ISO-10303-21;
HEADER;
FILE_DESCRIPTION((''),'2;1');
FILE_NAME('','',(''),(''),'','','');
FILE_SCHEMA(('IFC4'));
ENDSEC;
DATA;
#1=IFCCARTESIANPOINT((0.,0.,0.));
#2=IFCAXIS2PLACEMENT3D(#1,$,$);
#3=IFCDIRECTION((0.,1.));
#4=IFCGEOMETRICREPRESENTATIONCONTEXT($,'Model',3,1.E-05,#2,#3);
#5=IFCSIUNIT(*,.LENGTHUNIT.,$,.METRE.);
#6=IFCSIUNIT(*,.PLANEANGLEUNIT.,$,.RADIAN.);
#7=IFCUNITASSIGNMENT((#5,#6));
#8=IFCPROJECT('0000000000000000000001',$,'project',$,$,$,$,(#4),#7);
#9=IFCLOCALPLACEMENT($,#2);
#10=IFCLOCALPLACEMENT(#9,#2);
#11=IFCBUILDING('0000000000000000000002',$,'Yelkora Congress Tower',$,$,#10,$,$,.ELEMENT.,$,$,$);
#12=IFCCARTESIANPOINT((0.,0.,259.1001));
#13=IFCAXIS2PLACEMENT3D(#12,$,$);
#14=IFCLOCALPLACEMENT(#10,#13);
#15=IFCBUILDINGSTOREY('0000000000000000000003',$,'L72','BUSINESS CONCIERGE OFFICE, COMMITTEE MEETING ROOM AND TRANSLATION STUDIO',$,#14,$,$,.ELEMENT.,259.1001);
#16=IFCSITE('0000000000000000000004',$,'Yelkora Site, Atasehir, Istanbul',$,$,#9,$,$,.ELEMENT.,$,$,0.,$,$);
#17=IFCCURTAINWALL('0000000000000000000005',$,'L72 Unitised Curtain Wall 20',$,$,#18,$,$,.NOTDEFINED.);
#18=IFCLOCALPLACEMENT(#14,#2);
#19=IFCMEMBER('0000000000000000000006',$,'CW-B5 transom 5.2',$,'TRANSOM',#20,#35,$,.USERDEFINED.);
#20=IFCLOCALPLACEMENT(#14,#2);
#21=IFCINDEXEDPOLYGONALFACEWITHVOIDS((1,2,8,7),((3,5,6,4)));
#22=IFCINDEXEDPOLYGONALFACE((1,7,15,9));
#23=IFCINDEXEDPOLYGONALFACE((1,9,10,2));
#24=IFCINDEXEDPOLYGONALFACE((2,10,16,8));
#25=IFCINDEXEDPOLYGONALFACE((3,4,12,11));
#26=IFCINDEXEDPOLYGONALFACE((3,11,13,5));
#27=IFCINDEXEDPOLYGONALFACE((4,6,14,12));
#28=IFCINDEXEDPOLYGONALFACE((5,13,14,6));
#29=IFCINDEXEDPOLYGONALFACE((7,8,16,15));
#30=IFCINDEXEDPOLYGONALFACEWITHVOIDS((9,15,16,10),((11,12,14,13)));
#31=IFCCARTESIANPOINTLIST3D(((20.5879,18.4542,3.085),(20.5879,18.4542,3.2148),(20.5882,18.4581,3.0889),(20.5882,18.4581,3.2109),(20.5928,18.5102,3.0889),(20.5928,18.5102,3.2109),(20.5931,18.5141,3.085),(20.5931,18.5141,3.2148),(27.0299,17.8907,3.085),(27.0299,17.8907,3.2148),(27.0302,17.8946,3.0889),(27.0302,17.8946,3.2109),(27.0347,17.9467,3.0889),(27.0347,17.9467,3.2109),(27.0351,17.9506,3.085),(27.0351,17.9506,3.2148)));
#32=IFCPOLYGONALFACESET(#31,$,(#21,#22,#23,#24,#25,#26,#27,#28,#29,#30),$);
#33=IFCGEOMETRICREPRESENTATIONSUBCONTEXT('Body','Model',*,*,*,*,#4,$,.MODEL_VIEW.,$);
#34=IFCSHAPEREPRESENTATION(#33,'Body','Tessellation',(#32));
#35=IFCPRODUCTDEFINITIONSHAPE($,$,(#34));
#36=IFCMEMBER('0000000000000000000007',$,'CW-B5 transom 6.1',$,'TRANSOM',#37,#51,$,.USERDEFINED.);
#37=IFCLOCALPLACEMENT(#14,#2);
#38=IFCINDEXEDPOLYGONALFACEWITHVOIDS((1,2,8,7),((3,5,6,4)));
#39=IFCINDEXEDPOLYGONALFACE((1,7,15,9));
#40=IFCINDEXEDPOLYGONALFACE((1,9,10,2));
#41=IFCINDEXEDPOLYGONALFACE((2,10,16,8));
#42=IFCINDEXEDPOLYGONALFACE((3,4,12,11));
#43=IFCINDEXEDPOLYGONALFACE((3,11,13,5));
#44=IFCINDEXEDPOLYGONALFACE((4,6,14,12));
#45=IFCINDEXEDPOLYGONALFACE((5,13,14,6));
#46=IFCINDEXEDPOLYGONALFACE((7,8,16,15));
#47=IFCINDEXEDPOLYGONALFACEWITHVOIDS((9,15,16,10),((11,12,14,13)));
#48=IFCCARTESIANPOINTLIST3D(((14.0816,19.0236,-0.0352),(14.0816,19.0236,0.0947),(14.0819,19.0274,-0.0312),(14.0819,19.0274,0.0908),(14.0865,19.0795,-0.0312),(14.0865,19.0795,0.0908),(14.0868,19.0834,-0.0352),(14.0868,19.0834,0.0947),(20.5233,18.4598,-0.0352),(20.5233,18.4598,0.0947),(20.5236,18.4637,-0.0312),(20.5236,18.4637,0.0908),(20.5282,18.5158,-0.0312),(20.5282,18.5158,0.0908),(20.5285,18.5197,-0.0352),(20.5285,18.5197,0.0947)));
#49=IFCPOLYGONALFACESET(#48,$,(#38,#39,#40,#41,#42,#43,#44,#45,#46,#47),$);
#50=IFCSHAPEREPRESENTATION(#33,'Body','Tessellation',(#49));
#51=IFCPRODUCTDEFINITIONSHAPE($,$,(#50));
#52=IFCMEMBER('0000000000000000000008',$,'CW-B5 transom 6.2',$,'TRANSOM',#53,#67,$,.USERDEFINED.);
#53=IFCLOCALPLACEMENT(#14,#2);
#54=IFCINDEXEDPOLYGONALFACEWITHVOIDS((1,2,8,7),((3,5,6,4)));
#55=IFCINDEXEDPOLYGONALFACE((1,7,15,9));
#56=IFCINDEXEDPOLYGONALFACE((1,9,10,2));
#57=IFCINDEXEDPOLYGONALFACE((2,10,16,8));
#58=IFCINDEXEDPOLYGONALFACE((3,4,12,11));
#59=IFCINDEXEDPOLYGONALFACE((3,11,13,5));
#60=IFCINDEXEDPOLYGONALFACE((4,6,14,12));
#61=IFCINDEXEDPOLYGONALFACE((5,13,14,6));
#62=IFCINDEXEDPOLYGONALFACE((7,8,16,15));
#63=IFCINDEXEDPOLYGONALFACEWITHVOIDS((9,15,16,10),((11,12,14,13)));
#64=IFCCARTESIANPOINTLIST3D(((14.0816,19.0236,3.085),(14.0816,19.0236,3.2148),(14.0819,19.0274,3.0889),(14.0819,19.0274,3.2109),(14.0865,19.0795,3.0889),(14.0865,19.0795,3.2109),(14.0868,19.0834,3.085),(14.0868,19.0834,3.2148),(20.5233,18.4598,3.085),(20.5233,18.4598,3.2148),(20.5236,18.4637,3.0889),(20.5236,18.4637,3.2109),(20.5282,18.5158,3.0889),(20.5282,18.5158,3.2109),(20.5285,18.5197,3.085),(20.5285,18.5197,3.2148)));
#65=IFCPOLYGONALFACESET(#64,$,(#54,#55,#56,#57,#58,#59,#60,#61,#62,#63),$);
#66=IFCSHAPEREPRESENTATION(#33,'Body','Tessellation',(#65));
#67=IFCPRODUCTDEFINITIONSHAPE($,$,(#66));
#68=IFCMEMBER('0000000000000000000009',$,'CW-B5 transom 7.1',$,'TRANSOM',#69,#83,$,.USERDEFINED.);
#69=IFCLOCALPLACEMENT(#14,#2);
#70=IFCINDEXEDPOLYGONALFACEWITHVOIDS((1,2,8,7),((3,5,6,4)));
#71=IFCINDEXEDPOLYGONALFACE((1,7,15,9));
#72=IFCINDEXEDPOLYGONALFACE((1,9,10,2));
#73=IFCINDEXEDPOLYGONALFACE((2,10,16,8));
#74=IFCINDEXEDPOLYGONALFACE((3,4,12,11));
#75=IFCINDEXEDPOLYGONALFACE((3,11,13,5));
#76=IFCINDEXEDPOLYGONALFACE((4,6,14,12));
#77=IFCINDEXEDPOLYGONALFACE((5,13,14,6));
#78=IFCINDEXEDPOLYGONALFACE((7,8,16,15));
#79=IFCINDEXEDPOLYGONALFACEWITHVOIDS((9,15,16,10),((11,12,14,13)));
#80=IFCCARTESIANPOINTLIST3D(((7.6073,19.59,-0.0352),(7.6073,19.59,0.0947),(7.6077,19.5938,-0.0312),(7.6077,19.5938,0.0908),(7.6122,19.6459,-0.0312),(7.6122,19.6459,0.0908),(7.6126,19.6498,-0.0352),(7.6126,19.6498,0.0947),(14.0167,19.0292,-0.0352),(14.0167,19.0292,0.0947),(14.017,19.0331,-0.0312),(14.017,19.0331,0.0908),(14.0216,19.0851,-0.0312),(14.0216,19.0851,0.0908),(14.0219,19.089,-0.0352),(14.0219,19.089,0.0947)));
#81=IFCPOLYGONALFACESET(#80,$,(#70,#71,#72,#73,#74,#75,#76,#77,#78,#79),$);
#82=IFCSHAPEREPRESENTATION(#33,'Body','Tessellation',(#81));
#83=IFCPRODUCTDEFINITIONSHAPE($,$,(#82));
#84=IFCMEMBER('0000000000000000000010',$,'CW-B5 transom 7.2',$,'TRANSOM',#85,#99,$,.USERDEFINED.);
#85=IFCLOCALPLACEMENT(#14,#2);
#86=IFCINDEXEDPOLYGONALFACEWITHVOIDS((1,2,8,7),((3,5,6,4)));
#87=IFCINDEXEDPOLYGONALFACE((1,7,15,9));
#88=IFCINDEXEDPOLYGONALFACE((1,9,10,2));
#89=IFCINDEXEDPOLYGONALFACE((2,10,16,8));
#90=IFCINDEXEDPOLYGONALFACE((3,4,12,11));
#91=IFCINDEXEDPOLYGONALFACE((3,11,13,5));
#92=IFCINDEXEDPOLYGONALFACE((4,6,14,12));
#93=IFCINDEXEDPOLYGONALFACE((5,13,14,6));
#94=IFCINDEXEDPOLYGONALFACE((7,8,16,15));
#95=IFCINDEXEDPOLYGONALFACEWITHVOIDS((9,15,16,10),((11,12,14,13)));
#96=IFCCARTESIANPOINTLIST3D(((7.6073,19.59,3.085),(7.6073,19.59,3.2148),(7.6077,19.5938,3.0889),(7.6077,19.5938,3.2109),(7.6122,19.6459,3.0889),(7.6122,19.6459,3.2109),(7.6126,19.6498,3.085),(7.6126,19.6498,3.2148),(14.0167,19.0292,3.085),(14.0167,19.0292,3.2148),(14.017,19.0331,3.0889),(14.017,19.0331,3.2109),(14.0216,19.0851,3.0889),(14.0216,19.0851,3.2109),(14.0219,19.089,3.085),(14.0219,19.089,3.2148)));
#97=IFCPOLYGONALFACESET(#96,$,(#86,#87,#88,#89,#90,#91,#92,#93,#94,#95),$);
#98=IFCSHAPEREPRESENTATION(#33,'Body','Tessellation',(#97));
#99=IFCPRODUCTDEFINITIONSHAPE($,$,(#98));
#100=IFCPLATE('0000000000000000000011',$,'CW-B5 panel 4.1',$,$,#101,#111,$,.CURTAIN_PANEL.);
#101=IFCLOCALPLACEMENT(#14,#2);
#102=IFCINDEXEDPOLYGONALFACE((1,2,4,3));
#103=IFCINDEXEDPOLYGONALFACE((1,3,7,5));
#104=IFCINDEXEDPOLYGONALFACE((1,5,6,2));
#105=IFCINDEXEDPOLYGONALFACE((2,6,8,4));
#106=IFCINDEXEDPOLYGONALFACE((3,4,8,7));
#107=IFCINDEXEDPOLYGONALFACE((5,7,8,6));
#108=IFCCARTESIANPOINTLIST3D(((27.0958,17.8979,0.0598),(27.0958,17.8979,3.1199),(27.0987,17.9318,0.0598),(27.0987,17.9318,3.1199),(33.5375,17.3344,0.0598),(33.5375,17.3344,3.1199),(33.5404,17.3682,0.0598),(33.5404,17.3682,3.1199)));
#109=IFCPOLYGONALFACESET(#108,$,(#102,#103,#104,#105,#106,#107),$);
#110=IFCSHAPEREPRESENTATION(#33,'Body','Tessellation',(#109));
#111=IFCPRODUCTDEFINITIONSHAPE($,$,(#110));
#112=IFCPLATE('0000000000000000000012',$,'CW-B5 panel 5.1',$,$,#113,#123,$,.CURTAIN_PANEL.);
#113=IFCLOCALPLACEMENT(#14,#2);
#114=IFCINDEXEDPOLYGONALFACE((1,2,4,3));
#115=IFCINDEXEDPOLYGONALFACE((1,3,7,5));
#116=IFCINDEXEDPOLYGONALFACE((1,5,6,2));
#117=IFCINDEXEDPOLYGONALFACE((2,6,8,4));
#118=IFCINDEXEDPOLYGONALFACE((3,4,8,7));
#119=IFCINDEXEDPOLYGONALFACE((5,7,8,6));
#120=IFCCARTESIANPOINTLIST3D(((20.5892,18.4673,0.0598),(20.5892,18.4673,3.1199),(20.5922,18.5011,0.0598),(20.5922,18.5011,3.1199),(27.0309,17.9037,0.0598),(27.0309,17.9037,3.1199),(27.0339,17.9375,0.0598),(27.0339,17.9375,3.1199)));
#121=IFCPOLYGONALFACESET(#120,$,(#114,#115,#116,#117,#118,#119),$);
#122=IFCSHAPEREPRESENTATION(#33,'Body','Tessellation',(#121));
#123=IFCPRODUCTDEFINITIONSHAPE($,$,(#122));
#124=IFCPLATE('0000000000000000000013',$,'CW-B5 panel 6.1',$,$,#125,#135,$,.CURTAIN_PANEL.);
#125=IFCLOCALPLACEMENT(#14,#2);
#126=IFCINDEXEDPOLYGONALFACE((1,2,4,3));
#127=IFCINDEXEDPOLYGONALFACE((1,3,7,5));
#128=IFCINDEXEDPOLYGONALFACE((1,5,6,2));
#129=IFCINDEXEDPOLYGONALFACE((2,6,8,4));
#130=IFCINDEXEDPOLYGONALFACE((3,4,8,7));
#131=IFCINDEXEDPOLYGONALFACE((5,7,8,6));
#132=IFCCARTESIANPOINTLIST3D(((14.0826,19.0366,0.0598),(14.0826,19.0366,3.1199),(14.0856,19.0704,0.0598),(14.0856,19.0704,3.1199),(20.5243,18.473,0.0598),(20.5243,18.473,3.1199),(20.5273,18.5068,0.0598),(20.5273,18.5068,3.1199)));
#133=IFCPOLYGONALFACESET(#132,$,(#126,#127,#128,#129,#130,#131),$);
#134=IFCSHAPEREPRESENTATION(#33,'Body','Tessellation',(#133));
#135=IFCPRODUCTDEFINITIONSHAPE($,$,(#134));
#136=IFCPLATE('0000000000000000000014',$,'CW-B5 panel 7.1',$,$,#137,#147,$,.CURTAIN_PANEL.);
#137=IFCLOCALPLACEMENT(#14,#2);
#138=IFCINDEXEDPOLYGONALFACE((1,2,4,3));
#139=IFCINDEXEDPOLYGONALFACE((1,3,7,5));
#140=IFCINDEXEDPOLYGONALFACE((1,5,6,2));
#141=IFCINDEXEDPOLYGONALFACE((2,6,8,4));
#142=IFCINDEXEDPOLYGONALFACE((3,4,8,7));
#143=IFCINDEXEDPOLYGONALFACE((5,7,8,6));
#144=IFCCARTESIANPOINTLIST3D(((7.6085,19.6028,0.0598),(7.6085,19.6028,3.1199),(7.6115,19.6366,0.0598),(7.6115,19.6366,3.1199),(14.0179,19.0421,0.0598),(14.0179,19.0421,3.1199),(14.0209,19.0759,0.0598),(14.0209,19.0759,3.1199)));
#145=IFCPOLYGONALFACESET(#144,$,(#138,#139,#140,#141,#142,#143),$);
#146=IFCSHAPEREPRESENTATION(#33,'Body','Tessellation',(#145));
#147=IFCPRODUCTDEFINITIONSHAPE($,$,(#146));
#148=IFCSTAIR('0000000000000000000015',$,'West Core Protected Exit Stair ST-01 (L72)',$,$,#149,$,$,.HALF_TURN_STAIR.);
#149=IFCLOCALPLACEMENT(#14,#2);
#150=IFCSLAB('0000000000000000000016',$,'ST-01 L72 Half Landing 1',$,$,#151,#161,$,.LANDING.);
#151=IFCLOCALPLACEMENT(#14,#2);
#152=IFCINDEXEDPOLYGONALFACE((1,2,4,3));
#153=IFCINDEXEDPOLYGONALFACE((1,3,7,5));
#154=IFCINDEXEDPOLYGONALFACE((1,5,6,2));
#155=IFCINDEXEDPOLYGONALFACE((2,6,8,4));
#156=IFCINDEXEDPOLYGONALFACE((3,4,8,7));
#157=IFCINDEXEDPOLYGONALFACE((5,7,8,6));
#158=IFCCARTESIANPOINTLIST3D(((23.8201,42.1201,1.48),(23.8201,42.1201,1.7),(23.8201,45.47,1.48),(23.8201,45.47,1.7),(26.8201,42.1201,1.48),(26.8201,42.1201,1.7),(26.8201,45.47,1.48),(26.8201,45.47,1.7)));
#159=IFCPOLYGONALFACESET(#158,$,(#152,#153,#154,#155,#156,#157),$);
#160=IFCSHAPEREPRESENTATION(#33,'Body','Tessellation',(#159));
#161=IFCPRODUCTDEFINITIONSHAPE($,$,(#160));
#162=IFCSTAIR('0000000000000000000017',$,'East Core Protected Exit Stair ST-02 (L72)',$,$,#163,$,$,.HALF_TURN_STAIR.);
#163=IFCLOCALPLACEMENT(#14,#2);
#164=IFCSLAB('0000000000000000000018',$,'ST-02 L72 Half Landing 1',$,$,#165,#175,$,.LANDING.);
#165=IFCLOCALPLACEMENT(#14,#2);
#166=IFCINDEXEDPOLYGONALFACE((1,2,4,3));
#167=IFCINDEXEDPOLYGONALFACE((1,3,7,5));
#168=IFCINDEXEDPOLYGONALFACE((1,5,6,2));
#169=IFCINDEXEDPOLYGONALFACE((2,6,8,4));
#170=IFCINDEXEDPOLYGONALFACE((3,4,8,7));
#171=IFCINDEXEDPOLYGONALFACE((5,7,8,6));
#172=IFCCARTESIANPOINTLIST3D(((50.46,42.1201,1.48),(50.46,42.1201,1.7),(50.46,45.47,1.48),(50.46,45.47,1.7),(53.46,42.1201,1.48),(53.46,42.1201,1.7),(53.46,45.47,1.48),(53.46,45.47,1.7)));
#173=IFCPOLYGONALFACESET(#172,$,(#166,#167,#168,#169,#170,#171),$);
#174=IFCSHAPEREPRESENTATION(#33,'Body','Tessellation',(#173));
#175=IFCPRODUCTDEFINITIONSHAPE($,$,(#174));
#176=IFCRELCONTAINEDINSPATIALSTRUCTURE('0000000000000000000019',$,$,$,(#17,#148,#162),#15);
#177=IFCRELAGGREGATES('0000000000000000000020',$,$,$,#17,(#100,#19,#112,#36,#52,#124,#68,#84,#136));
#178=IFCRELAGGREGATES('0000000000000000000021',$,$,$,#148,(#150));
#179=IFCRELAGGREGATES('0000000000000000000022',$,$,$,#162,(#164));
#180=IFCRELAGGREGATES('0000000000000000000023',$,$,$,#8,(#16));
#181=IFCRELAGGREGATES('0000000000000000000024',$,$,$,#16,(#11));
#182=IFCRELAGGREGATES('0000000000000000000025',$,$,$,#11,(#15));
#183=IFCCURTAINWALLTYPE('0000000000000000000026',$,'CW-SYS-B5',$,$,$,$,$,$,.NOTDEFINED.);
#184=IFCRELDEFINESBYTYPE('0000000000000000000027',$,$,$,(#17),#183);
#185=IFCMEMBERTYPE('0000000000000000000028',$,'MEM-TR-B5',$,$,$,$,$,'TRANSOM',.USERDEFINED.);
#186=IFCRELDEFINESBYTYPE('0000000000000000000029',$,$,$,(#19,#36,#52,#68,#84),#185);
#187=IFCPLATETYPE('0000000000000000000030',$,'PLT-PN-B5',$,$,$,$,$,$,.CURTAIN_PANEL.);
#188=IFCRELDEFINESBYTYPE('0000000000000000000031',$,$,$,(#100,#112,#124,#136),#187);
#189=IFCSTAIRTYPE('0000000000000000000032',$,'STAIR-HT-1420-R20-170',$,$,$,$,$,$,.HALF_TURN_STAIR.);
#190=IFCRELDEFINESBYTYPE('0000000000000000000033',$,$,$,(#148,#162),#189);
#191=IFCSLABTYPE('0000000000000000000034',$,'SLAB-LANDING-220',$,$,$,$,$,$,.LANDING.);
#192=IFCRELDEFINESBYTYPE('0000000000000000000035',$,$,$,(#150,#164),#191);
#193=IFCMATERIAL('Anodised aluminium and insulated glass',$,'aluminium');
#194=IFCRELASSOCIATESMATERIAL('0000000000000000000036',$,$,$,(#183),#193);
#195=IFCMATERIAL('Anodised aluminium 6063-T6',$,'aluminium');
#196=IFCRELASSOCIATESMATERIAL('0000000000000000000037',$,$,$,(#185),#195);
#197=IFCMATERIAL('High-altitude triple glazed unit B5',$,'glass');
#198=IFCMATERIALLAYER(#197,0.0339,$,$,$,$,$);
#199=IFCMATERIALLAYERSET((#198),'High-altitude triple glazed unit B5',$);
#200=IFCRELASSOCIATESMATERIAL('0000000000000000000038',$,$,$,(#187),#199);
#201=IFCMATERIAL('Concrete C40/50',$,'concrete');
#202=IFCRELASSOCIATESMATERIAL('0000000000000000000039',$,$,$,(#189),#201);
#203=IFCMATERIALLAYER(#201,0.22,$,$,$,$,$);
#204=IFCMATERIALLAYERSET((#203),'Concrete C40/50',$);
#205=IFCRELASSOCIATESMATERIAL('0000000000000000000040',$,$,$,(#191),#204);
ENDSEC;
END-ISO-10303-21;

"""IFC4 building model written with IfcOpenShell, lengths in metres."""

from ifc_helpers import new_model, si_unit, direction, frame, origin, origin_2d, place, context, subcontext, project, spatial, polyline, rectangle, hollow_rectangle, outline, extrude, material, layer, layer_set, material_profile, profile_set, type_object, element, aggregate, save


model = new_model("IFC4")

# Units and contexts
model_context = context("Model", 3, precision=1e-05, world=origin(), true_north=direction((0.0, 1.0)))
body_context = subcontext(model_context, "Body", "Model", "MODEL_VIEW")
ifc_project = project(units=[si_unit("LENGTHUNIT", "METRE"), si_unit("PLANEANGLEUNIT", "RADIAN")], contexts=[model_context])

# Site, building, storey
site_placement = place(None, origin())
site = spatial("IfcSite", under=ifc_project, at=site_placement, Name="Yelkora Site, Atasehir, Istanbul", CompositionType="ELEMENT", RefElevation=0.0)
building_placement = place(site_placement, origin())
building = spatial("IfcBuilding", under=site, at=building_placement, Name="Yelkora Congress Tower", CompositionType="ELEMENT")
storey_placement = place(building_placement, frame((0.0, 0.0, 259.1001)))
storey = spatial("IfcBuildingStorey", under=building, at=storey_placement, Name="L72", Description="BUSINESS CONCIERGE OFFICE, COMMITTEE MEETING ROOM AND TRANSLATION STUDIO", CompositionType="ELEMENT", Elevation=259.1001)

# Curtain wall, members, plates
ifc_material_1 = material(Name="Anodised aluminium and insulated glass", Category="aluminium")
curtain_wall_type = type_object("IfcCurtainWallType", Name="CW-SYS-B5", PredefinedType="NOTDEFINED", material=ifc_material_1)
curtain_wall_placement = place(storey_placement, origin())
curtain_wall = element("IfcCurtainWall", 1, at=curtain_wall_placement, inside=storey, type_object=curtain_wall_type, Name="L72 Unitised Curtain Wall 20", PredefinedType="NOTDEFINED")
ifc_material_2 = material(Name="Anodised aluminium 6063-T6", Category="aluminium")
ifc_material_profile_1 = material_profile(ifc_material_2, hollow_rectangle(XDim=0.0601, YDim=0.1299, WallThickness=0.0039, at=origin_2d()), Name="ALU 60x130x4")
ifc_profile_set_1 = profile_set([ifc_material_profile_1], Name="Anodised aluminium 6063-T6")
member_type_1 = type_object("IfcMemberType", Name="MEM-TR-B5", ElementType="TRANSOM", PredefinedType="USERDEFINED", material=ifc_profile_set_1)
member_1_placement = place(storey_placement, frame((27.0325, 17.9207, 3.1499), z_axis=(-0.996196, 0.087138, 0.0), x_axis=(-0.087138, -0.996196, 0.0)))
member_1 = element("IfcMember", 2, at=member_1_placement, type_object=member_type_1, Name="CW-B5 transom 5.2", ObjectType="TRANSOM", PredefinedType="USERDEFINED", context=body_context, shape_type="SweptSolid", body=[
    extrude(hollow_rectangle(XDim=0.0601, YDim=0.1299, WallThickness=0.0039, at=origin_2d()), origin(), (0.0, 0.0, 1.0), 6.4666),
])
member_2_placement = place(storey_placement, frame((20.5259, 18.4897, 0.0298), z_axis=(-0.996193, 0.087179, 0.0), x_axis=(-0.087179, -0.996193, 0.0)))
member_2 = element("IfcMember", 3, at=member_2_placement, type_object=member_type_1, Name="CW-B5 transom 6.1", ObjectType="TRANSOM", PredefinedType="USERDEFINED", context=body_context, shape_type="SweptSolid", body=[
    extrude(hollow_rectangle(XDim=0.0601, YDim=0.1299, WallThickness=0.0039, at=origin_2d()), origin(), (0.0, 0.0, 1.0), 6.4663),
])
member_3_placement = place(storey_placement, frame((20.5259, 18.4897, 3.1499), z_axis=(-0.996193, 0.087179, 0.0), x_axis=(-0.087179, -0.996193, 0.0)))
member_3 = element("IfcMember", 4, at=member_3_placement, type_object=member_type_1, Name="CW-B5 transom 6.2", ObjectType="TRANSOM", PredefinedType="USERDEFINED", context=body_context, shape_type="SweptSolid", body=[
    extrude(hollow_rectangle(XDim=0.0601, YDim=0.1299, WallThickness=0.0039, at=origin_2d()), origin(), (0.0, 0.0, 1.0), 6.4663),
])
member_4_placement = place(storey_placement, frame((14.0193, 19.0591, 0.0298), z_axis=(-0.996194, 0.087162, 0.0), x_axis=(-0.087162, -0.996194, 0.0)))
member_4 = element("IfcMember", 5, at=member_4_placement, type_object=member_type_1, Name="CW-B5 transom 7.1", ObjectType="TRANSOM", PredefinedType="USERDEFINED", context=body_context, shape_type="SweptSolid", body=[
    extrude(hollow_rectangle(XDim=0.0601, YDim=0.1299, WallThickness=0.0039, at=origin_2d()), origin(), (0.0, 0.0, 1.0), 6.4338),
])
member_5_placement = place(storey_placement, frame((14.0193, 19.0591, 3.1499), z_axis=(-0.996194, 0.087162, 0.0), x_axis=(-0.087162, -0.996194, 0.0)))
member_5 = element("IfcMember", 6, at=member_5_placement, type_object=member_type_1, Name="CW-B5 transom 7.2", ObjectType="TRANSOM", PredefinedType="USERDEFINED", context=body_context, shape_type="SweptSolid", body=[
    extrude(hollow_rectangle(XDim=0.0601, YDim=0.1299, WallThickness=0.0039, at=origin_2d()), origin(), (0.0, 0.0, 1.0), 6.4338),
])
ifc_material_3 = material(Name="High-altitude triple glazed unit B5", Category="glass")
ifc_layer_1 = layer(ifc_material_3, 0.0339)
ifc_layer_set_1 = layer_set([ifc_layer_1], Name="High-altitude triple glazed unit B5")
plate_type = type_object("IfcPlateType", Name="PLT-PN-B5", PredefinedType="CURTAIN_PANEL", material=ifc_layer_set_1)
plate_1_placement = place(storey_placement, frame((30.3181, 17.6331, 0.0598), z_axis=(0.0, 0.0, 1.0), x_axis=(-0.996195, 0.087157, 0.0)))
plate_1 = element("IfcPlate", 7, at=plate_1_placement, type_object=plate_type, Name="CW-B5 panel 4.1", PredefinedType="CURTAIN_PANEL", context=body_context, shape_type="SweptSolid", body=[
    extrude(rectangle(XDim=6.4663, YDim=0.0339, at=origin_2d()), origin(), (0.0, 0.0, 1.0), 3.0601),
])
plate_2_placement = place(storey_placement, frame((23.8115, 18.2024, 0.0598), z_axis=(0.0, 0.0, 1.0), x_axis=(-0.996195, 0.087157, 0.0)))
plate_2 = element("IfcPlate", 8, at=plate_2_placement, type_object=plate_type, Name="CW-B5 panel 5.1", PredefinedType="CURTAIN_PANEL", context=body_context, shape_type="SweptSolid", body=[
    extrude(rectangle(XDim=6.4663, YDim=0.0339, at=origin_2d()), origin(), (0.0, 0.0, 1.0), 3.0601),
])
plate_3_placement = place(storey_placement, frame((17.3049, 18.7717, 0.0598), z_axis=(0.0, 0.0, 1.0), x_axis=(-0.996195, 0.087157, 0.0)))
plate_3 = element("IfcPlate", 9, at=plate_3_placement, type_object=plate_type, Name="CW-B5 panel 6.1", PredefinedType="CURTAIN_PANEL", context=body_context, shape_type="SweptSolid", body=[
    extrude(rectangle(XDim=6.4663, YDim=0.0339, at=origin_2d()), origin(), (0.0, 0.0, 1.0), 3.0601),
])
plate_4_placement = place(storey_placement, frame((10.8147, 19.3394, 0.0598), z_axis=(0.0, 0.0, 1.0), x_axis=(-0.996195, 0.087157, 0.0)))
plate_4 = element("IfcPlate", 10, at=plate_4_placement, type_object=plate_type, Name="CW-B5 panel 7.1", PredefinedType="CURTAIN_PANEL", context=body_context, shape_type="SweptSolid", body=[
    extrude(rectangle(XDim=6.4338, YDim=0.0339, at=origin_2d()), origin(), (0.0, 0.0, 1.0), 3.0601),
])
aggregate(curtain_wall, [plate_1, member_1, plate_2, member_2, member_3, plate_3, member_4, member_5, plate_4])

# Stairs, slabs
ifc_material_4 = material(Name="Concrete C40/50", Category="concrete")
stair_type = type_object("IfcStairType", Name="STAIR-HT-1420-R20-170", PredefinedType="HALF_TURN_STAIR", material=ifc_material_4)
stair_1_placement = place(storey_placement, origin())
stair_1 = element("IfcStair", 11, at=stair_1_placement, inside=storey, type_object=stair_type, Name="West Core Protected Exit Stair ST-01 (L72)", PredefinedType="HALF_TURN_STAIR")
ifc_layer_2 = layer(ifc_material_4, 0.22)
ifc_layer_set_2 = layer_set([ifc_layer_2], Name="Concrete C40/50")
slab_type_1 = type_object("IfcSlabType", Name="SLAB-LANDING-220", PredefinedType="LANDING", material=ifc_layer_set_2)
slab_1_placement = place(storey_placement, frame((0.0, 0.0, 1.48)))
slab_1 = element("IfcSlab", 12, at=slab_1_placement, type_object=slab_type_1, Name="ST-01 L72 Half Landing 1", PredefinedType="LANDING", context=body_context, shape_type="SweptSolid", body=[
    extrude(outline(polyline([(26.8201, 42.1201), (26.8201, 45.47), (23.8201, 45.47), (23.8201, 42.1201), (26.8201, 42.1201)])), origin(), (0.0, 0.0, 1.0), 0.22),
])
aggregate(stair_1, [slab_1])
stair_2_placement = place(storey_placement, origin())
stair_2 = element("IfcStair", 13, at=stair_2_placement, inside=storey, type_object=stair_type, Name="East Core Protected Exit Stair ST-02 (L72)", PredefinedType="HALF_TURN_STAIR")
slab_2_placement = place(storey_placement, frame((0.0, 0.0, 1.48)))
slab_2 = element("IfcSlab", 14, at=slab_2_placement, type_object=slab_type_1, Name="ST-02 L72 Half Landing 1", PredefinedType="LANDING", context=body_context, shape_type="SweptSolid", body=[
    extrude(outline(polyline([(53.46, 42.1201), (53.46, 45.47), (50.46, 45.47), (50.46, 42.1201), (53.46, 42.1201)])), origin(), (0.0, 0.0, 1.0), 0.22),
])
aggregate(stair_2, [slab_2])

save(model, "model.ifc")
